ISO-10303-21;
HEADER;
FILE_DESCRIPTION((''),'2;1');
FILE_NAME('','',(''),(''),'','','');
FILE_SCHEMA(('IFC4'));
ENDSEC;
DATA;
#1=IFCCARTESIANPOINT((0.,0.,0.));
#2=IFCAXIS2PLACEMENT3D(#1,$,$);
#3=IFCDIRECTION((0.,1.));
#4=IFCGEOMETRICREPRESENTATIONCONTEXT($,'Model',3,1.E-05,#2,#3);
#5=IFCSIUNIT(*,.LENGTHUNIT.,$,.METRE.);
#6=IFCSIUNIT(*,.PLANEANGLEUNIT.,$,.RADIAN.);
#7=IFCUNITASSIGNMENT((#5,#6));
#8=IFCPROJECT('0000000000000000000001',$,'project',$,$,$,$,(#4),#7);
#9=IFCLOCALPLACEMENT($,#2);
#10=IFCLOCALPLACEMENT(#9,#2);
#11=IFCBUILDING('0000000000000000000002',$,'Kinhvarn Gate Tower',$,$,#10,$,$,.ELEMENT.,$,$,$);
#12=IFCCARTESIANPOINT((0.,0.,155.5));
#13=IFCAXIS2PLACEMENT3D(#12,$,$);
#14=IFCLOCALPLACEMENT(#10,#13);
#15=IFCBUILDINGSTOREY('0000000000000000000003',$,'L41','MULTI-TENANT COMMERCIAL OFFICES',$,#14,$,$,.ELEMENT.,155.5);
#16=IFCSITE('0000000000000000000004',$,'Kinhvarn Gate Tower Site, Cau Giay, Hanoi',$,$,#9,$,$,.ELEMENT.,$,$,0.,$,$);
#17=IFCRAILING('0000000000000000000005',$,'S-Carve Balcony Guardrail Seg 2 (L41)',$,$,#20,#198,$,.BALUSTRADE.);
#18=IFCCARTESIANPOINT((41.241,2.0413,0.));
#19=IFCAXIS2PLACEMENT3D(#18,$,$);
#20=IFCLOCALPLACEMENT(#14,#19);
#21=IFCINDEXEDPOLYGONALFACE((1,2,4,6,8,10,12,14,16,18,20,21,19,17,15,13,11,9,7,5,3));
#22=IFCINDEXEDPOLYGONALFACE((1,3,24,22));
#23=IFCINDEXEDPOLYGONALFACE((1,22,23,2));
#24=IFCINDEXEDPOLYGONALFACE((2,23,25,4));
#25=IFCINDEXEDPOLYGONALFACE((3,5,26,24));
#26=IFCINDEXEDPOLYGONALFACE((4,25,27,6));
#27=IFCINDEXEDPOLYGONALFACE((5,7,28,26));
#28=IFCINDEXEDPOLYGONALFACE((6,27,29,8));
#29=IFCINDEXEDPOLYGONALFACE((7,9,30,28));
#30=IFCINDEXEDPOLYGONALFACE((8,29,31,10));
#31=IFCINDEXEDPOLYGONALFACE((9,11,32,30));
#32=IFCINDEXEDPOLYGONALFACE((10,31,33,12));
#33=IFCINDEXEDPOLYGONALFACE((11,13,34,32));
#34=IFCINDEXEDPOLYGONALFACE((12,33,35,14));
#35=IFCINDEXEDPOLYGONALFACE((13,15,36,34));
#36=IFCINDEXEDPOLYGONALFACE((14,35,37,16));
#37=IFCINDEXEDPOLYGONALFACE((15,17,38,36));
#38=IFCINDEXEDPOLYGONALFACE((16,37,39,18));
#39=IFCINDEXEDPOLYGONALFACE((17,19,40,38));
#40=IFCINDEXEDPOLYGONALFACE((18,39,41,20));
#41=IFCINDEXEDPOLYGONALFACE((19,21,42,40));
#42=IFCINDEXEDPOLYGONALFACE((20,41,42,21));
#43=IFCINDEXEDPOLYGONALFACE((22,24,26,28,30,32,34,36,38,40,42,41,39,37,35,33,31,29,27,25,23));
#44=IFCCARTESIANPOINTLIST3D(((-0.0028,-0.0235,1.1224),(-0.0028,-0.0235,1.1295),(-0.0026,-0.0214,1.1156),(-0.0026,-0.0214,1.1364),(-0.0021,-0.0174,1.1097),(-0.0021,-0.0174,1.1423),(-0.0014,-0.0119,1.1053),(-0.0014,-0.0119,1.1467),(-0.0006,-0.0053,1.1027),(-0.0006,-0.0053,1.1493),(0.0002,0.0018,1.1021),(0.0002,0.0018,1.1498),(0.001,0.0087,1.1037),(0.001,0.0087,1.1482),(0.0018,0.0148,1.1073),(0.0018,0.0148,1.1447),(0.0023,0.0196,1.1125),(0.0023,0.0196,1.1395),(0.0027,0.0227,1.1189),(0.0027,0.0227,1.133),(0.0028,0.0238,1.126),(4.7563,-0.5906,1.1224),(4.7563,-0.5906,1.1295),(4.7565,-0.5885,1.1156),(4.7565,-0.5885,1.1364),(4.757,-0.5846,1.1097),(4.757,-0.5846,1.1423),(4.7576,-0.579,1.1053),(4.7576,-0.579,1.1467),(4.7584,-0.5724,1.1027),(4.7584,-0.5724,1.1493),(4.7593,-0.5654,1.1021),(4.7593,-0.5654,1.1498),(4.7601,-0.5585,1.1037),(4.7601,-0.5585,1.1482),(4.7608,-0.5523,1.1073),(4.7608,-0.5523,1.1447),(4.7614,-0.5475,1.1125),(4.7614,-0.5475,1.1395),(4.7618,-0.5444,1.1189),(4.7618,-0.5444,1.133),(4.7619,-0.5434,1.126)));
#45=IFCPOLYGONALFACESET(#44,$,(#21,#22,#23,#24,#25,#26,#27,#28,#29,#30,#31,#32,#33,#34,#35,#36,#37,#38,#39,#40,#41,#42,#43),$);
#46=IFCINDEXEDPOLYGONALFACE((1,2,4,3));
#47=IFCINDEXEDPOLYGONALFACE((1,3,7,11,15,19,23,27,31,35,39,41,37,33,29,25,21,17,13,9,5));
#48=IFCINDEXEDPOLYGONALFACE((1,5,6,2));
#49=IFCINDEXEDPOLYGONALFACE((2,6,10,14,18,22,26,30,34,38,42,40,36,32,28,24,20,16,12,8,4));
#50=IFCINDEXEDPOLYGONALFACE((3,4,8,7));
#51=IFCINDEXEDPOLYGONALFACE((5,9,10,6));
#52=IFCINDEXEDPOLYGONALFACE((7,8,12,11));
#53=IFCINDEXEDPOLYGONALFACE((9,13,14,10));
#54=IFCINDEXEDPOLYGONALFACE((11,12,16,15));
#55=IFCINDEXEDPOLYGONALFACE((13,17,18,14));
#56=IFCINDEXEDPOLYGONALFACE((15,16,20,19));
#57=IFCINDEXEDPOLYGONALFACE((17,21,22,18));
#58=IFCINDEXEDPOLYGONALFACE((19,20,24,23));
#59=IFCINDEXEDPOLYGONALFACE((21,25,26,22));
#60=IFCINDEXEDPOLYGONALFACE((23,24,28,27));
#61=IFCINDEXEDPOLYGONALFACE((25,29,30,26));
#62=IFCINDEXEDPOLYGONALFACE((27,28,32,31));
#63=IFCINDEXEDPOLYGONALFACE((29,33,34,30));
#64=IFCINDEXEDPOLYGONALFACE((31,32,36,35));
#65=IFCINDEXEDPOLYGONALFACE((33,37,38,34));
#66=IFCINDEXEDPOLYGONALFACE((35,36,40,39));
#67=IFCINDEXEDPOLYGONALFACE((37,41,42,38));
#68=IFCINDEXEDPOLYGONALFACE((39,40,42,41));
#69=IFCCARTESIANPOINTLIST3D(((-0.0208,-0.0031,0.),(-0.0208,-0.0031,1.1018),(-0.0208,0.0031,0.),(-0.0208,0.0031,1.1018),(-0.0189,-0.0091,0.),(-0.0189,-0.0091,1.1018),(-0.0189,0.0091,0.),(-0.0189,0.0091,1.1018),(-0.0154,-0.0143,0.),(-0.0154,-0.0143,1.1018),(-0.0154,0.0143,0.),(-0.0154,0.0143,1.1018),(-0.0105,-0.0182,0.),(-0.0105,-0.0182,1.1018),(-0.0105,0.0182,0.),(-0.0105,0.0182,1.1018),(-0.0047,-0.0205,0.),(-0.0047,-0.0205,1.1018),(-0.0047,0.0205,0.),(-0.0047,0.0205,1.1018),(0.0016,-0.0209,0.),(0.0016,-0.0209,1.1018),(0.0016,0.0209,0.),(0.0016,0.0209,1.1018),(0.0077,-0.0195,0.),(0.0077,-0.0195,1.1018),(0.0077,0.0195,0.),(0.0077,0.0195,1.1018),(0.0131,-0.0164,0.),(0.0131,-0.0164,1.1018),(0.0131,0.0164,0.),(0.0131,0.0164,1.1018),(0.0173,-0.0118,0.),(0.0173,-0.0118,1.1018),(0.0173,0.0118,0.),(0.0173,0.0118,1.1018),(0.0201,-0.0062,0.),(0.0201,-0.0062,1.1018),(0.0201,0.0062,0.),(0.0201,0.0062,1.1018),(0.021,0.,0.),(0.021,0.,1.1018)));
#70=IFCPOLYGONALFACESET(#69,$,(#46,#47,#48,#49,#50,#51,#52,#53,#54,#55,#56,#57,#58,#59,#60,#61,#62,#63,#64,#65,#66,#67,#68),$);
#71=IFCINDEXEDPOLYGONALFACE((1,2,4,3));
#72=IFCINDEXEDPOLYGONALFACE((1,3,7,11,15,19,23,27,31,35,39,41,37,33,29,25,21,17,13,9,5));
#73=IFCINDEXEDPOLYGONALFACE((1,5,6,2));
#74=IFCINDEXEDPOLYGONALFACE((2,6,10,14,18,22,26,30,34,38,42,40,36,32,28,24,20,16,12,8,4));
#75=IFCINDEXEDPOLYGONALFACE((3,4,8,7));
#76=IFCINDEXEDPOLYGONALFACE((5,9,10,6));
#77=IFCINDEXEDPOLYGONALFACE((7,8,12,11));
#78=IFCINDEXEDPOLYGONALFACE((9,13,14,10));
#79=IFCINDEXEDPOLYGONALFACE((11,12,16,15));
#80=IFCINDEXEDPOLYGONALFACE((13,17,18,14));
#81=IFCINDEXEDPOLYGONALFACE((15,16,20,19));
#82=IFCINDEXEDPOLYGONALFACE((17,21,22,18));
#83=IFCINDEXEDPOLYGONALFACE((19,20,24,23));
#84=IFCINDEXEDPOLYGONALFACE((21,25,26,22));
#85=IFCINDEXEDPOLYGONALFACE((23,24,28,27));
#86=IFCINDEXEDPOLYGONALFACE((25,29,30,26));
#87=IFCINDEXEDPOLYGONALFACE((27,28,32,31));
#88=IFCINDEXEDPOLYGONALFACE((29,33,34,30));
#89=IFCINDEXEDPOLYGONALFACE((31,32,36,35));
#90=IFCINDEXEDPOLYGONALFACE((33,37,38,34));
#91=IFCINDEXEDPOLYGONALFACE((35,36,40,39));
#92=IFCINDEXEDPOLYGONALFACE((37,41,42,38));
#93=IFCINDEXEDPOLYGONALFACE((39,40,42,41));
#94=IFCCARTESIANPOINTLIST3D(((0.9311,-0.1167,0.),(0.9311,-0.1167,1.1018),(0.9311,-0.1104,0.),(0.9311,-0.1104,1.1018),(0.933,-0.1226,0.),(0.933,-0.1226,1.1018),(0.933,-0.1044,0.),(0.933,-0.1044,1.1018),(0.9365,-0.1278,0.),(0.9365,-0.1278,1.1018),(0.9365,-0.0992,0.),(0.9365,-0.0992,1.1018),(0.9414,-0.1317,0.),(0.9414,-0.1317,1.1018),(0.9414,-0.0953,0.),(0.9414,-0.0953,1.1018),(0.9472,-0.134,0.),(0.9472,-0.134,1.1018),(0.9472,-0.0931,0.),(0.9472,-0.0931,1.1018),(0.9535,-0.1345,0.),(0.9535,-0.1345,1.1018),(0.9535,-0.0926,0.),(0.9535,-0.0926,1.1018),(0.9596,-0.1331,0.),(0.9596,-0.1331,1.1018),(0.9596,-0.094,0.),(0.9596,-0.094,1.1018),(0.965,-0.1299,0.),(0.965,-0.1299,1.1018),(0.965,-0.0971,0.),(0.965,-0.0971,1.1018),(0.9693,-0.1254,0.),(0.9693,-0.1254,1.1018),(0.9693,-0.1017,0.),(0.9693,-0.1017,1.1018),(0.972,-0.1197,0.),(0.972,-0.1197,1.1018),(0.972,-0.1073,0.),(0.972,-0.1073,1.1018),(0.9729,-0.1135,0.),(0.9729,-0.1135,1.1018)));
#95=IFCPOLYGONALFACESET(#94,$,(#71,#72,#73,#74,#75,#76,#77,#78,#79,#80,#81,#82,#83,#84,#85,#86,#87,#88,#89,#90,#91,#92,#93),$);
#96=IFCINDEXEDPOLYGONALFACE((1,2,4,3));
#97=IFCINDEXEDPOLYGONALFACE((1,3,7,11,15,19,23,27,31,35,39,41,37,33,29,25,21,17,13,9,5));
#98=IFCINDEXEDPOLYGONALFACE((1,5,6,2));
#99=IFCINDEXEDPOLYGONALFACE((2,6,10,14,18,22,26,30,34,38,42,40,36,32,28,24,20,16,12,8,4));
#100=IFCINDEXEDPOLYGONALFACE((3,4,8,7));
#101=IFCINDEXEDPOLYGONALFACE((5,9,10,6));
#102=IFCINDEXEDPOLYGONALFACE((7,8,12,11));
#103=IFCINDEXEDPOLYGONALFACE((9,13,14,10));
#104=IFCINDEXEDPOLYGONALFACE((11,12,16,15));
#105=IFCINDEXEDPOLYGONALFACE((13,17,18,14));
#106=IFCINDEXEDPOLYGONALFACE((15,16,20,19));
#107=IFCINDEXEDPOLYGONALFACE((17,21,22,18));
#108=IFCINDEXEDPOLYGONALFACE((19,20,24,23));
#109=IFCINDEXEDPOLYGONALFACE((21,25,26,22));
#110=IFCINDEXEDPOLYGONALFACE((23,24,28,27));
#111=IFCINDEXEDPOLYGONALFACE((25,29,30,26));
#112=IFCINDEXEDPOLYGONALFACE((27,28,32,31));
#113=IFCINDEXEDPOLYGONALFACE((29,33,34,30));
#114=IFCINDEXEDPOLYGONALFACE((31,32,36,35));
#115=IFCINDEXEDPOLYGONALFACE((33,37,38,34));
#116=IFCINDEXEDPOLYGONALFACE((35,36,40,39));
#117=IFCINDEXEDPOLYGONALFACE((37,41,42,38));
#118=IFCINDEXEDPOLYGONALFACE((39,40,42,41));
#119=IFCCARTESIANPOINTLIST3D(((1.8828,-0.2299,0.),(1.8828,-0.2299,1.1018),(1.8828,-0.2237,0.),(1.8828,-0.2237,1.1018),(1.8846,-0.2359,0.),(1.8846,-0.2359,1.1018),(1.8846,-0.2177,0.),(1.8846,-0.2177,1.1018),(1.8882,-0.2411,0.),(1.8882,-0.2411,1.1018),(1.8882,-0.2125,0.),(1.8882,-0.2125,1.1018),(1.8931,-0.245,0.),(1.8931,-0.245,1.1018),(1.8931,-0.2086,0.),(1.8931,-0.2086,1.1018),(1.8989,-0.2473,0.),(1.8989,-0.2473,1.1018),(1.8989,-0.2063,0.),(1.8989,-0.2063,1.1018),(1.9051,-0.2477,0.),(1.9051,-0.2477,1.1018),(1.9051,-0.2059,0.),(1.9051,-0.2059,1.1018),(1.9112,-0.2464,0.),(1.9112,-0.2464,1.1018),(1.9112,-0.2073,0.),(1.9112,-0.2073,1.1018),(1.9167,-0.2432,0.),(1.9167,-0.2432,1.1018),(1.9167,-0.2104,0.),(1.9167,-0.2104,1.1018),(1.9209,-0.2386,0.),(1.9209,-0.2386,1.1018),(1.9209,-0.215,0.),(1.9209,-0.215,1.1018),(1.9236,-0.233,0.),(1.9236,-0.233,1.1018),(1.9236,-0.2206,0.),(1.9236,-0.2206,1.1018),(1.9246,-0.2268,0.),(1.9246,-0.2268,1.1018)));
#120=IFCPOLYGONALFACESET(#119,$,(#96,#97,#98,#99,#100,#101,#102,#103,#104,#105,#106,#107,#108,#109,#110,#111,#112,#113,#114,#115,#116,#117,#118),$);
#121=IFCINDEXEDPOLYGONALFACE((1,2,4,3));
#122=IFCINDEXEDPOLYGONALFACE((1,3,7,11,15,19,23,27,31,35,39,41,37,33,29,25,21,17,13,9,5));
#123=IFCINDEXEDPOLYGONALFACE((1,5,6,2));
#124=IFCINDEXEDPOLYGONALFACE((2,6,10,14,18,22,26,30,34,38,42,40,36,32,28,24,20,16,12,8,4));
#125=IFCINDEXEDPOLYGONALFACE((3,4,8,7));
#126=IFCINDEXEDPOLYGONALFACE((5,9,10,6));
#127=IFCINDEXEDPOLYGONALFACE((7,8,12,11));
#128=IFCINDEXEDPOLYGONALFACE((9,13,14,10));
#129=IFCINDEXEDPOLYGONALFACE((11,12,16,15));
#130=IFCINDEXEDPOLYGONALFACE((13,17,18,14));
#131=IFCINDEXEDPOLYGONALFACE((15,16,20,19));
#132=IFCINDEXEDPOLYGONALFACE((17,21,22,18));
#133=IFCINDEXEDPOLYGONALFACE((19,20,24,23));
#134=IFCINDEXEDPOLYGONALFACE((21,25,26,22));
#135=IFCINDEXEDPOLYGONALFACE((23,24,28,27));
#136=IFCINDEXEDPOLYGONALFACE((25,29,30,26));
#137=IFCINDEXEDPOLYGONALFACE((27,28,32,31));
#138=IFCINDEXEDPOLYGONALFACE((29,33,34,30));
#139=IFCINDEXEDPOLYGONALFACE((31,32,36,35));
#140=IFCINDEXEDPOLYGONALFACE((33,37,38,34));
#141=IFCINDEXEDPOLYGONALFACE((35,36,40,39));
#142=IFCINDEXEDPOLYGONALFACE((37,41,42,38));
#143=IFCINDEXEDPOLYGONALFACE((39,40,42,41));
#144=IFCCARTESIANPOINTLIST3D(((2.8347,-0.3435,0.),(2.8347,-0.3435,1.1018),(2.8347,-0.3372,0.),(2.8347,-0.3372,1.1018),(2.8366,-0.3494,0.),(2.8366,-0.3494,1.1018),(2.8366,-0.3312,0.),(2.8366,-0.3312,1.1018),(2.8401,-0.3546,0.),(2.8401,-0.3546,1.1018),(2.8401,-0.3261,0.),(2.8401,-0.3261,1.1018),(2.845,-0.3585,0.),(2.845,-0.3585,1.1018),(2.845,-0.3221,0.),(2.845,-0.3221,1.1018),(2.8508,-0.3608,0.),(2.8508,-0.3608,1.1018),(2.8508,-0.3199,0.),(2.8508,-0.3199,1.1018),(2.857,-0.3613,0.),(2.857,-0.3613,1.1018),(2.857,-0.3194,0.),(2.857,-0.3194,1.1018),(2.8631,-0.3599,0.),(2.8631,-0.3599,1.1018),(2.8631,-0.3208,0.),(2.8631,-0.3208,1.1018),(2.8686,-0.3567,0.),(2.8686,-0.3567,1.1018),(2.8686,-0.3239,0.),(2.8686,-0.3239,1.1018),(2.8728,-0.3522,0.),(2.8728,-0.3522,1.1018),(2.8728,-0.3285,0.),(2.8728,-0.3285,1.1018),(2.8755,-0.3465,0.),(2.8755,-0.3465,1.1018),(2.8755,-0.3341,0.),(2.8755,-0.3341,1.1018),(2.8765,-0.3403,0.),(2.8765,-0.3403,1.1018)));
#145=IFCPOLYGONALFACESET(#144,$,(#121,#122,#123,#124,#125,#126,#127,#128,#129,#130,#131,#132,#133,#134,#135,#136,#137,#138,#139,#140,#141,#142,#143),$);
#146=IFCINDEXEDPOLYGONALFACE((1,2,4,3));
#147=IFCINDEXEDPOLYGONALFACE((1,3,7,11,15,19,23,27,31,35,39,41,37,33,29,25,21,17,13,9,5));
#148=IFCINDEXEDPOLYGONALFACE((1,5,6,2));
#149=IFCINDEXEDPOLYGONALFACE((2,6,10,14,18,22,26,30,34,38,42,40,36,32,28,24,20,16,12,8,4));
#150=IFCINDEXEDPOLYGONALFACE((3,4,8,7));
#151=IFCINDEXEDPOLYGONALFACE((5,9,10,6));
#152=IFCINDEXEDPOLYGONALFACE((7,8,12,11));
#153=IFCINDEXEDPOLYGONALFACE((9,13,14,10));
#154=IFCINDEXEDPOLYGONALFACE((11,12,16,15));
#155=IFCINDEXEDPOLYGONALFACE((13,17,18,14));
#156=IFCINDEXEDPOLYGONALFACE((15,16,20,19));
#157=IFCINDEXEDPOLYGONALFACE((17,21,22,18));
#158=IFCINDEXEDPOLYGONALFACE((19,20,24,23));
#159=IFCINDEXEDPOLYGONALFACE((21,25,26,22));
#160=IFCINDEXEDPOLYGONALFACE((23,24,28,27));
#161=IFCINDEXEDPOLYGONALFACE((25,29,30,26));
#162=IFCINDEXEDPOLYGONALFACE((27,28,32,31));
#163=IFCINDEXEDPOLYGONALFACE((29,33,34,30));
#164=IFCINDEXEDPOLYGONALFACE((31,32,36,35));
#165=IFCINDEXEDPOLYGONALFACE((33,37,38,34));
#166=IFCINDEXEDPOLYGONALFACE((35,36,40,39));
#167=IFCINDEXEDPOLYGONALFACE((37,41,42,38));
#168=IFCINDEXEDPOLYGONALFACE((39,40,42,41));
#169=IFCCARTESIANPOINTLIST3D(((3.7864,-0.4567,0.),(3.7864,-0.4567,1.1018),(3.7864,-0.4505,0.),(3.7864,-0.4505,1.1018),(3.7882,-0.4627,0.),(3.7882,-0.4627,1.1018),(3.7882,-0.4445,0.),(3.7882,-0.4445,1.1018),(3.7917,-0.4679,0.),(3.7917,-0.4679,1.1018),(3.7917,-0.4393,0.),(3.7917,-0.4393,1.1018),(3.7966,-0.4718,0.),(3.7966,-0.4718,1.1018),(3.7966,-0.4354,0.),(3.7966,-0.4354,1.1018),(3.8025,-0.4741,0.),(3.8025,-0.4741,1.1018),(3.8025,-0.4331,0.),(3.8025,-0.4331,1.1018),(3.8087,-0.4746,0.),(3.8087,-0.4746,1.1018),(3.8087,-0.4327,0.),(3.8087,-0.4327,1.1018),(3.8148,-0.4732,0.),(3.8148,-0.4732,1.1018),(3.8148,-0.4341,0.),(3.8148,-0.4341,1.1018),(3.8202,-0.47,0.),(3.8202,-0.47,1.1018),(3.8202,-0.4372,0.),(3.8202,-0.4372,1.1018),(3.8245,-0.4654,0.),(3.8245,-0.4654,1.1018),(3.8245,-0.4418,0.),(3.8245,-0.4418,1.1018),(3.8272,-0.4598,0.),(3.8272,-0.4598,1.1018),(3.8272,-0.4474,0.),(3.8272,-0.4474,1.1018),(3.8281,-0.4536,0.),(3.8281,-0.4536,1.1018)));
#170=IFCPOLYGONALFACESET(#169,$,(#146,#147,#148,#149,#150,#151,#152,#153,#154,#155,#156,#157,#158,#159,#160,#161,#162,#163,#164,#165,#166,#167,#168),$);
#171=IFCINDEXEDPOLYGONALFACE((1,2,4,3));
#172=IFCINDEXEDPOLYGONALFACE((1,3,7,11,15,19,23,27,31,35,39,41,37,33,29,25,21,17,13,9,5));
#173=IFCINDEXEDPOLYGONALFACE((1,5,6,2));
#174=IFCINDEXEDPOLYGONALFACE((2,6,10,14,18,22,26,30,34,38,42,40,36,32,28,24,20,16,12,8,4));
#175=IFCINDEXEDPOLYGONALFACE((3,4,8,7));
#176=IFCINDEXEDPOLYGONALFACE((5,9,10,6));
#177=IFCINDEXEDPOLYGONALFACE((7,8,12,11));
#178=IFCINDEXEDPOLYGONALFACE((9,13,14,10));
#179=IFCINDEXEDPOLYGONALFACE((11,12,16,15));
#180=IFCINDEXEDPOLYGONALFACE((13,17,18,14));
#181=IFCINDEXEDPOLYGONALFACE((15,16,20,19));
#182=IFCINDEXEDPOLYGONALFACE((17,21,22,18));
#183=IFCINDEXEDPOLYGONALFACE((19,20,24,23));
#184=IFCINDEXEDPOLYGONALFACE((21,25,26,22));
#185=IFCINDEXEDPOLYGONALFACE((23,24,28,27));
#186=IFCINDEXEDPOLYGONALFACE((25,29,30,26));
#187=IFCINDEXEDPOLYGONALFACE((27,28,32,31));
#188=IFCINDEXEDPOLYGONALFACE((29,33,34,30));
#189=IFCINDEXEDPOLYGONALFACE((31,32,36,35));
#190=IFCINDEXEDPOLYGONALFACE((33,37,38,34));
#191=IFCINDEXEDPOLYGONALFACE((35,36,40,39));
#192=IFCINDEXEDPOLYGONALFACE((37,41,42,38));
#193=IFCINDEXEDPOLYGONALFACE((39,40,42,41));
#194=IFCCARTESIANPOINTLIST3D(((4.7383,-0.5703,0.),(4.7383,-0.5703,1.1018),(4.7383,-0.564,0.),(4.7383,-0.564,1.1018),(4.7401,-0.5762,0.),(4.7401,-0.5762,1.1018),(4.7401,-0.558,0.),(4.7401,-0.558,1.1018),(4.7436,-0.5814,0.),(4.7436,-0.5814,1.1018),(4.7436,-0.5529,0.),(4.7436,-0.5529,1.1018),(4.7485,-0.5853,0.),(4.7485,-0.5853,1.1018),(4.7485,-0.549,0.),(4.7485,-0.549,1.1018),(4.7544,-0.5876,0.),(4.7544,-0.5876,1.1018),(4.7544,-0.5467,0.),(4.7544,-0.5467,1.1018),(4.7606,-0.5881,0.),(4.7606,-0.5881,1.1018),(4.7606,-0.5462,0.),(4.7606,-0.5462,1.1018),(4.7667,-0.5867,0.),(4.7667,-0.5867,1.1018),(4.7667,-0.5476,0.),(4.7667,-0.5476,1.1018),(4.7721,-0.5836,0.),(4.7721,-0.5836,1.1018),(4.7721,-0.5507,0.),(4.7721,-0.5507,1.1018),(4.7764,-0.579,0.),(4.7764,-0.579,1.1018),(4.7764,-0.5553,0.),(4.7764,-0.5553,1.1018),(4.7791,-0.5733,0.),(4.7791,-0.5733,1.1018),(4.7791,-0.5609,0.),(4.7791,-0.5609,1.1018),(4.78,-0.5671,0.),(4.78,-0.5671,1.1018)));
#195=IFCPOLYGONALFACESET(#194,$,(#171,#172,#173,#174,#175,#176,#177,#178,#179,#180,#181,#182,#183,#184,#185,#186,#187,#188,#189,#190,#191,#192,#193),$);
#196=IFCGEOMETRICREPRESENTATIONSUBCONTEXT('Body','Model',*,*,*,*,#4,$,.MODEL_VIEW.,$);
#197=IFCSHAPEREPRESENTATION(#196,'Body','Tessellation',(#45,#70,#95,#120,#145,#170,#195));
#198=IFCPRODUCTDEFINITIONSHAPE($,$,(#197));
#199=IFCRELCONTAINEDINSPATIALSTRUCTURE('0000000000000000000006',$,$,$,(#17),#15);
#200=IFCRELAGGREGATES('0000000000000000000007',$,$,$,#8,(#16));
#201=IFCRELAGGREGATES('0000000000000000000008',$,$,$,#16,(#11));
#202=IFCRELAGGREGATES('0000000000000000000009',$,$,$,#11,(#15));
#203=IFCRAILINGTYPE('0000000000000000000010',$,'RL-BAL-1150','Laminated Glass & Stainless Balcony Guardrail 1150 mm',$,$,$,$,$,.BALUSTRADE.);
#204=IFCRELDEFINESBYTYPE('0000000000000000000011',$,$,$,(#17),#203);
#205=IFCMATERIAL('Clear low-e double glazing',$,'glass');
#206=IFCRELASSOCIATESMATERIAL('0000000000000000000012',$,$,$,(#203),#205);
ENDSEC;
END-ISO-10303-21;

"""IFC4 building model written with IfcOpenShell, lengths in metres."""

from ifc_helpers import new_model, si_unit, direction, frame, origin, origin_2d, place, context, subcontext, project, spatial, circle, extrude, material, type_object, element, save


model = new_model("IFC4")

# Units and contexts
model_context = context("Model", 3, precision=1e-05, world=origin(), true_north=direction((0.0, 1.0)))
body_context = subcontext(model_context, "Body", "Model", "MODEL_VIEW")
ifc_project = project(units=[si_unit("LENGTHUNIT", "METRE"), si_unit("PLANEANGLEUNIT", "RADIAN")], contexts=[model_context])

# Site, building, storey
site_placement = place(None, origin())
site = spatial("IfcSite", under=ifc_project, at=site_placement, Name="Kinhvarn Gate Tower Site, Cau Giay, Hanoi", CompositionType="ELEMENT", RefElevation=0.0)
building_placement = place(site_placement, origin())
building = spatial("IfcBuilding", under=site, at=building_placement, Name="Kinhvarn Gate Tower", CompositionType="ELEMENT")
storey_placement = place(building_placement, frame((0.0, 0.0, 155.5)))
storey = spatial("IfcBuildingStorey", under=building, at=storey_placement, Name="L41", Description="MULTI-TENANT COMMERCIAL OFFICES", CompositionType="ELEMENT", Elevation=155.5)

# Shared definitions
ifc_material_1 = material(Name="Clear low-e double glazing", Category="glass")

# Railing
railing_type = type_object("IfcRailingType", Name="RL-BAL-1150", Description="Laminated Glass & Stainless Balcony Guardrail 1150 mm", PredefinedType="BALUSTRADE", material=ifc_material_1)
railing_1_placement = place(storey_placement, frame((41.241, 2.0413, 0.0)))
element("IfcRailing", 1, at=railing_1_placement, inside=storey, type_object=railing_type, Name="S-Carve Balcony Guardrail Seg 2 (L41)", PredefinedType="BALUSTRADE", context=body_context, shape_type="SweptSolid", body=[
    extrude(circle(Radius=0.0239, at=origin_2d()), frame((0.0, 0.0, 1.126), z_axis=(0.992974, -0.118334, 0.0), x_axis=(0.118334, 0.992974, 0.0)), (0.0, 0.0, 1.0), 4.7927),
    extrude(circle(Radius=0.021, at=origin_2d()), origin(), (0.0, 0.0, 1.0), 1.1018),
    extrude(circle(Radius=0.021, at=origin_2d()), frame((0.9519, -0.1135, 0.0)), (0.0, 0.0, 1.0), 1.1018),
    extrude(circle(Radius=0.021, at=origin_2d()), frame((1.9036, -0.2268, 0.0)), (0.0, 0.0, 1.0), 1.1018),
    extrude(circle(Radius=0.021, at=origin_2d()), frame((2.8555, -0.3403, 0.0)), (0.0, 0.0, 1.0), 1.1018),
    extrude(circle(Radius=0.021, at=origin_2d()), frame((3.8071, -0.4536, 0.0)), (0.0, 0.0, 1.0), 1.1018),
    extrude(circle(Radius=0.021, at=origin_2d()), frame((4.759, -0.5671, 0.0)), (0.0, 0.0, 1.0), 1.1018),
])

save(model, "model.ifc")
